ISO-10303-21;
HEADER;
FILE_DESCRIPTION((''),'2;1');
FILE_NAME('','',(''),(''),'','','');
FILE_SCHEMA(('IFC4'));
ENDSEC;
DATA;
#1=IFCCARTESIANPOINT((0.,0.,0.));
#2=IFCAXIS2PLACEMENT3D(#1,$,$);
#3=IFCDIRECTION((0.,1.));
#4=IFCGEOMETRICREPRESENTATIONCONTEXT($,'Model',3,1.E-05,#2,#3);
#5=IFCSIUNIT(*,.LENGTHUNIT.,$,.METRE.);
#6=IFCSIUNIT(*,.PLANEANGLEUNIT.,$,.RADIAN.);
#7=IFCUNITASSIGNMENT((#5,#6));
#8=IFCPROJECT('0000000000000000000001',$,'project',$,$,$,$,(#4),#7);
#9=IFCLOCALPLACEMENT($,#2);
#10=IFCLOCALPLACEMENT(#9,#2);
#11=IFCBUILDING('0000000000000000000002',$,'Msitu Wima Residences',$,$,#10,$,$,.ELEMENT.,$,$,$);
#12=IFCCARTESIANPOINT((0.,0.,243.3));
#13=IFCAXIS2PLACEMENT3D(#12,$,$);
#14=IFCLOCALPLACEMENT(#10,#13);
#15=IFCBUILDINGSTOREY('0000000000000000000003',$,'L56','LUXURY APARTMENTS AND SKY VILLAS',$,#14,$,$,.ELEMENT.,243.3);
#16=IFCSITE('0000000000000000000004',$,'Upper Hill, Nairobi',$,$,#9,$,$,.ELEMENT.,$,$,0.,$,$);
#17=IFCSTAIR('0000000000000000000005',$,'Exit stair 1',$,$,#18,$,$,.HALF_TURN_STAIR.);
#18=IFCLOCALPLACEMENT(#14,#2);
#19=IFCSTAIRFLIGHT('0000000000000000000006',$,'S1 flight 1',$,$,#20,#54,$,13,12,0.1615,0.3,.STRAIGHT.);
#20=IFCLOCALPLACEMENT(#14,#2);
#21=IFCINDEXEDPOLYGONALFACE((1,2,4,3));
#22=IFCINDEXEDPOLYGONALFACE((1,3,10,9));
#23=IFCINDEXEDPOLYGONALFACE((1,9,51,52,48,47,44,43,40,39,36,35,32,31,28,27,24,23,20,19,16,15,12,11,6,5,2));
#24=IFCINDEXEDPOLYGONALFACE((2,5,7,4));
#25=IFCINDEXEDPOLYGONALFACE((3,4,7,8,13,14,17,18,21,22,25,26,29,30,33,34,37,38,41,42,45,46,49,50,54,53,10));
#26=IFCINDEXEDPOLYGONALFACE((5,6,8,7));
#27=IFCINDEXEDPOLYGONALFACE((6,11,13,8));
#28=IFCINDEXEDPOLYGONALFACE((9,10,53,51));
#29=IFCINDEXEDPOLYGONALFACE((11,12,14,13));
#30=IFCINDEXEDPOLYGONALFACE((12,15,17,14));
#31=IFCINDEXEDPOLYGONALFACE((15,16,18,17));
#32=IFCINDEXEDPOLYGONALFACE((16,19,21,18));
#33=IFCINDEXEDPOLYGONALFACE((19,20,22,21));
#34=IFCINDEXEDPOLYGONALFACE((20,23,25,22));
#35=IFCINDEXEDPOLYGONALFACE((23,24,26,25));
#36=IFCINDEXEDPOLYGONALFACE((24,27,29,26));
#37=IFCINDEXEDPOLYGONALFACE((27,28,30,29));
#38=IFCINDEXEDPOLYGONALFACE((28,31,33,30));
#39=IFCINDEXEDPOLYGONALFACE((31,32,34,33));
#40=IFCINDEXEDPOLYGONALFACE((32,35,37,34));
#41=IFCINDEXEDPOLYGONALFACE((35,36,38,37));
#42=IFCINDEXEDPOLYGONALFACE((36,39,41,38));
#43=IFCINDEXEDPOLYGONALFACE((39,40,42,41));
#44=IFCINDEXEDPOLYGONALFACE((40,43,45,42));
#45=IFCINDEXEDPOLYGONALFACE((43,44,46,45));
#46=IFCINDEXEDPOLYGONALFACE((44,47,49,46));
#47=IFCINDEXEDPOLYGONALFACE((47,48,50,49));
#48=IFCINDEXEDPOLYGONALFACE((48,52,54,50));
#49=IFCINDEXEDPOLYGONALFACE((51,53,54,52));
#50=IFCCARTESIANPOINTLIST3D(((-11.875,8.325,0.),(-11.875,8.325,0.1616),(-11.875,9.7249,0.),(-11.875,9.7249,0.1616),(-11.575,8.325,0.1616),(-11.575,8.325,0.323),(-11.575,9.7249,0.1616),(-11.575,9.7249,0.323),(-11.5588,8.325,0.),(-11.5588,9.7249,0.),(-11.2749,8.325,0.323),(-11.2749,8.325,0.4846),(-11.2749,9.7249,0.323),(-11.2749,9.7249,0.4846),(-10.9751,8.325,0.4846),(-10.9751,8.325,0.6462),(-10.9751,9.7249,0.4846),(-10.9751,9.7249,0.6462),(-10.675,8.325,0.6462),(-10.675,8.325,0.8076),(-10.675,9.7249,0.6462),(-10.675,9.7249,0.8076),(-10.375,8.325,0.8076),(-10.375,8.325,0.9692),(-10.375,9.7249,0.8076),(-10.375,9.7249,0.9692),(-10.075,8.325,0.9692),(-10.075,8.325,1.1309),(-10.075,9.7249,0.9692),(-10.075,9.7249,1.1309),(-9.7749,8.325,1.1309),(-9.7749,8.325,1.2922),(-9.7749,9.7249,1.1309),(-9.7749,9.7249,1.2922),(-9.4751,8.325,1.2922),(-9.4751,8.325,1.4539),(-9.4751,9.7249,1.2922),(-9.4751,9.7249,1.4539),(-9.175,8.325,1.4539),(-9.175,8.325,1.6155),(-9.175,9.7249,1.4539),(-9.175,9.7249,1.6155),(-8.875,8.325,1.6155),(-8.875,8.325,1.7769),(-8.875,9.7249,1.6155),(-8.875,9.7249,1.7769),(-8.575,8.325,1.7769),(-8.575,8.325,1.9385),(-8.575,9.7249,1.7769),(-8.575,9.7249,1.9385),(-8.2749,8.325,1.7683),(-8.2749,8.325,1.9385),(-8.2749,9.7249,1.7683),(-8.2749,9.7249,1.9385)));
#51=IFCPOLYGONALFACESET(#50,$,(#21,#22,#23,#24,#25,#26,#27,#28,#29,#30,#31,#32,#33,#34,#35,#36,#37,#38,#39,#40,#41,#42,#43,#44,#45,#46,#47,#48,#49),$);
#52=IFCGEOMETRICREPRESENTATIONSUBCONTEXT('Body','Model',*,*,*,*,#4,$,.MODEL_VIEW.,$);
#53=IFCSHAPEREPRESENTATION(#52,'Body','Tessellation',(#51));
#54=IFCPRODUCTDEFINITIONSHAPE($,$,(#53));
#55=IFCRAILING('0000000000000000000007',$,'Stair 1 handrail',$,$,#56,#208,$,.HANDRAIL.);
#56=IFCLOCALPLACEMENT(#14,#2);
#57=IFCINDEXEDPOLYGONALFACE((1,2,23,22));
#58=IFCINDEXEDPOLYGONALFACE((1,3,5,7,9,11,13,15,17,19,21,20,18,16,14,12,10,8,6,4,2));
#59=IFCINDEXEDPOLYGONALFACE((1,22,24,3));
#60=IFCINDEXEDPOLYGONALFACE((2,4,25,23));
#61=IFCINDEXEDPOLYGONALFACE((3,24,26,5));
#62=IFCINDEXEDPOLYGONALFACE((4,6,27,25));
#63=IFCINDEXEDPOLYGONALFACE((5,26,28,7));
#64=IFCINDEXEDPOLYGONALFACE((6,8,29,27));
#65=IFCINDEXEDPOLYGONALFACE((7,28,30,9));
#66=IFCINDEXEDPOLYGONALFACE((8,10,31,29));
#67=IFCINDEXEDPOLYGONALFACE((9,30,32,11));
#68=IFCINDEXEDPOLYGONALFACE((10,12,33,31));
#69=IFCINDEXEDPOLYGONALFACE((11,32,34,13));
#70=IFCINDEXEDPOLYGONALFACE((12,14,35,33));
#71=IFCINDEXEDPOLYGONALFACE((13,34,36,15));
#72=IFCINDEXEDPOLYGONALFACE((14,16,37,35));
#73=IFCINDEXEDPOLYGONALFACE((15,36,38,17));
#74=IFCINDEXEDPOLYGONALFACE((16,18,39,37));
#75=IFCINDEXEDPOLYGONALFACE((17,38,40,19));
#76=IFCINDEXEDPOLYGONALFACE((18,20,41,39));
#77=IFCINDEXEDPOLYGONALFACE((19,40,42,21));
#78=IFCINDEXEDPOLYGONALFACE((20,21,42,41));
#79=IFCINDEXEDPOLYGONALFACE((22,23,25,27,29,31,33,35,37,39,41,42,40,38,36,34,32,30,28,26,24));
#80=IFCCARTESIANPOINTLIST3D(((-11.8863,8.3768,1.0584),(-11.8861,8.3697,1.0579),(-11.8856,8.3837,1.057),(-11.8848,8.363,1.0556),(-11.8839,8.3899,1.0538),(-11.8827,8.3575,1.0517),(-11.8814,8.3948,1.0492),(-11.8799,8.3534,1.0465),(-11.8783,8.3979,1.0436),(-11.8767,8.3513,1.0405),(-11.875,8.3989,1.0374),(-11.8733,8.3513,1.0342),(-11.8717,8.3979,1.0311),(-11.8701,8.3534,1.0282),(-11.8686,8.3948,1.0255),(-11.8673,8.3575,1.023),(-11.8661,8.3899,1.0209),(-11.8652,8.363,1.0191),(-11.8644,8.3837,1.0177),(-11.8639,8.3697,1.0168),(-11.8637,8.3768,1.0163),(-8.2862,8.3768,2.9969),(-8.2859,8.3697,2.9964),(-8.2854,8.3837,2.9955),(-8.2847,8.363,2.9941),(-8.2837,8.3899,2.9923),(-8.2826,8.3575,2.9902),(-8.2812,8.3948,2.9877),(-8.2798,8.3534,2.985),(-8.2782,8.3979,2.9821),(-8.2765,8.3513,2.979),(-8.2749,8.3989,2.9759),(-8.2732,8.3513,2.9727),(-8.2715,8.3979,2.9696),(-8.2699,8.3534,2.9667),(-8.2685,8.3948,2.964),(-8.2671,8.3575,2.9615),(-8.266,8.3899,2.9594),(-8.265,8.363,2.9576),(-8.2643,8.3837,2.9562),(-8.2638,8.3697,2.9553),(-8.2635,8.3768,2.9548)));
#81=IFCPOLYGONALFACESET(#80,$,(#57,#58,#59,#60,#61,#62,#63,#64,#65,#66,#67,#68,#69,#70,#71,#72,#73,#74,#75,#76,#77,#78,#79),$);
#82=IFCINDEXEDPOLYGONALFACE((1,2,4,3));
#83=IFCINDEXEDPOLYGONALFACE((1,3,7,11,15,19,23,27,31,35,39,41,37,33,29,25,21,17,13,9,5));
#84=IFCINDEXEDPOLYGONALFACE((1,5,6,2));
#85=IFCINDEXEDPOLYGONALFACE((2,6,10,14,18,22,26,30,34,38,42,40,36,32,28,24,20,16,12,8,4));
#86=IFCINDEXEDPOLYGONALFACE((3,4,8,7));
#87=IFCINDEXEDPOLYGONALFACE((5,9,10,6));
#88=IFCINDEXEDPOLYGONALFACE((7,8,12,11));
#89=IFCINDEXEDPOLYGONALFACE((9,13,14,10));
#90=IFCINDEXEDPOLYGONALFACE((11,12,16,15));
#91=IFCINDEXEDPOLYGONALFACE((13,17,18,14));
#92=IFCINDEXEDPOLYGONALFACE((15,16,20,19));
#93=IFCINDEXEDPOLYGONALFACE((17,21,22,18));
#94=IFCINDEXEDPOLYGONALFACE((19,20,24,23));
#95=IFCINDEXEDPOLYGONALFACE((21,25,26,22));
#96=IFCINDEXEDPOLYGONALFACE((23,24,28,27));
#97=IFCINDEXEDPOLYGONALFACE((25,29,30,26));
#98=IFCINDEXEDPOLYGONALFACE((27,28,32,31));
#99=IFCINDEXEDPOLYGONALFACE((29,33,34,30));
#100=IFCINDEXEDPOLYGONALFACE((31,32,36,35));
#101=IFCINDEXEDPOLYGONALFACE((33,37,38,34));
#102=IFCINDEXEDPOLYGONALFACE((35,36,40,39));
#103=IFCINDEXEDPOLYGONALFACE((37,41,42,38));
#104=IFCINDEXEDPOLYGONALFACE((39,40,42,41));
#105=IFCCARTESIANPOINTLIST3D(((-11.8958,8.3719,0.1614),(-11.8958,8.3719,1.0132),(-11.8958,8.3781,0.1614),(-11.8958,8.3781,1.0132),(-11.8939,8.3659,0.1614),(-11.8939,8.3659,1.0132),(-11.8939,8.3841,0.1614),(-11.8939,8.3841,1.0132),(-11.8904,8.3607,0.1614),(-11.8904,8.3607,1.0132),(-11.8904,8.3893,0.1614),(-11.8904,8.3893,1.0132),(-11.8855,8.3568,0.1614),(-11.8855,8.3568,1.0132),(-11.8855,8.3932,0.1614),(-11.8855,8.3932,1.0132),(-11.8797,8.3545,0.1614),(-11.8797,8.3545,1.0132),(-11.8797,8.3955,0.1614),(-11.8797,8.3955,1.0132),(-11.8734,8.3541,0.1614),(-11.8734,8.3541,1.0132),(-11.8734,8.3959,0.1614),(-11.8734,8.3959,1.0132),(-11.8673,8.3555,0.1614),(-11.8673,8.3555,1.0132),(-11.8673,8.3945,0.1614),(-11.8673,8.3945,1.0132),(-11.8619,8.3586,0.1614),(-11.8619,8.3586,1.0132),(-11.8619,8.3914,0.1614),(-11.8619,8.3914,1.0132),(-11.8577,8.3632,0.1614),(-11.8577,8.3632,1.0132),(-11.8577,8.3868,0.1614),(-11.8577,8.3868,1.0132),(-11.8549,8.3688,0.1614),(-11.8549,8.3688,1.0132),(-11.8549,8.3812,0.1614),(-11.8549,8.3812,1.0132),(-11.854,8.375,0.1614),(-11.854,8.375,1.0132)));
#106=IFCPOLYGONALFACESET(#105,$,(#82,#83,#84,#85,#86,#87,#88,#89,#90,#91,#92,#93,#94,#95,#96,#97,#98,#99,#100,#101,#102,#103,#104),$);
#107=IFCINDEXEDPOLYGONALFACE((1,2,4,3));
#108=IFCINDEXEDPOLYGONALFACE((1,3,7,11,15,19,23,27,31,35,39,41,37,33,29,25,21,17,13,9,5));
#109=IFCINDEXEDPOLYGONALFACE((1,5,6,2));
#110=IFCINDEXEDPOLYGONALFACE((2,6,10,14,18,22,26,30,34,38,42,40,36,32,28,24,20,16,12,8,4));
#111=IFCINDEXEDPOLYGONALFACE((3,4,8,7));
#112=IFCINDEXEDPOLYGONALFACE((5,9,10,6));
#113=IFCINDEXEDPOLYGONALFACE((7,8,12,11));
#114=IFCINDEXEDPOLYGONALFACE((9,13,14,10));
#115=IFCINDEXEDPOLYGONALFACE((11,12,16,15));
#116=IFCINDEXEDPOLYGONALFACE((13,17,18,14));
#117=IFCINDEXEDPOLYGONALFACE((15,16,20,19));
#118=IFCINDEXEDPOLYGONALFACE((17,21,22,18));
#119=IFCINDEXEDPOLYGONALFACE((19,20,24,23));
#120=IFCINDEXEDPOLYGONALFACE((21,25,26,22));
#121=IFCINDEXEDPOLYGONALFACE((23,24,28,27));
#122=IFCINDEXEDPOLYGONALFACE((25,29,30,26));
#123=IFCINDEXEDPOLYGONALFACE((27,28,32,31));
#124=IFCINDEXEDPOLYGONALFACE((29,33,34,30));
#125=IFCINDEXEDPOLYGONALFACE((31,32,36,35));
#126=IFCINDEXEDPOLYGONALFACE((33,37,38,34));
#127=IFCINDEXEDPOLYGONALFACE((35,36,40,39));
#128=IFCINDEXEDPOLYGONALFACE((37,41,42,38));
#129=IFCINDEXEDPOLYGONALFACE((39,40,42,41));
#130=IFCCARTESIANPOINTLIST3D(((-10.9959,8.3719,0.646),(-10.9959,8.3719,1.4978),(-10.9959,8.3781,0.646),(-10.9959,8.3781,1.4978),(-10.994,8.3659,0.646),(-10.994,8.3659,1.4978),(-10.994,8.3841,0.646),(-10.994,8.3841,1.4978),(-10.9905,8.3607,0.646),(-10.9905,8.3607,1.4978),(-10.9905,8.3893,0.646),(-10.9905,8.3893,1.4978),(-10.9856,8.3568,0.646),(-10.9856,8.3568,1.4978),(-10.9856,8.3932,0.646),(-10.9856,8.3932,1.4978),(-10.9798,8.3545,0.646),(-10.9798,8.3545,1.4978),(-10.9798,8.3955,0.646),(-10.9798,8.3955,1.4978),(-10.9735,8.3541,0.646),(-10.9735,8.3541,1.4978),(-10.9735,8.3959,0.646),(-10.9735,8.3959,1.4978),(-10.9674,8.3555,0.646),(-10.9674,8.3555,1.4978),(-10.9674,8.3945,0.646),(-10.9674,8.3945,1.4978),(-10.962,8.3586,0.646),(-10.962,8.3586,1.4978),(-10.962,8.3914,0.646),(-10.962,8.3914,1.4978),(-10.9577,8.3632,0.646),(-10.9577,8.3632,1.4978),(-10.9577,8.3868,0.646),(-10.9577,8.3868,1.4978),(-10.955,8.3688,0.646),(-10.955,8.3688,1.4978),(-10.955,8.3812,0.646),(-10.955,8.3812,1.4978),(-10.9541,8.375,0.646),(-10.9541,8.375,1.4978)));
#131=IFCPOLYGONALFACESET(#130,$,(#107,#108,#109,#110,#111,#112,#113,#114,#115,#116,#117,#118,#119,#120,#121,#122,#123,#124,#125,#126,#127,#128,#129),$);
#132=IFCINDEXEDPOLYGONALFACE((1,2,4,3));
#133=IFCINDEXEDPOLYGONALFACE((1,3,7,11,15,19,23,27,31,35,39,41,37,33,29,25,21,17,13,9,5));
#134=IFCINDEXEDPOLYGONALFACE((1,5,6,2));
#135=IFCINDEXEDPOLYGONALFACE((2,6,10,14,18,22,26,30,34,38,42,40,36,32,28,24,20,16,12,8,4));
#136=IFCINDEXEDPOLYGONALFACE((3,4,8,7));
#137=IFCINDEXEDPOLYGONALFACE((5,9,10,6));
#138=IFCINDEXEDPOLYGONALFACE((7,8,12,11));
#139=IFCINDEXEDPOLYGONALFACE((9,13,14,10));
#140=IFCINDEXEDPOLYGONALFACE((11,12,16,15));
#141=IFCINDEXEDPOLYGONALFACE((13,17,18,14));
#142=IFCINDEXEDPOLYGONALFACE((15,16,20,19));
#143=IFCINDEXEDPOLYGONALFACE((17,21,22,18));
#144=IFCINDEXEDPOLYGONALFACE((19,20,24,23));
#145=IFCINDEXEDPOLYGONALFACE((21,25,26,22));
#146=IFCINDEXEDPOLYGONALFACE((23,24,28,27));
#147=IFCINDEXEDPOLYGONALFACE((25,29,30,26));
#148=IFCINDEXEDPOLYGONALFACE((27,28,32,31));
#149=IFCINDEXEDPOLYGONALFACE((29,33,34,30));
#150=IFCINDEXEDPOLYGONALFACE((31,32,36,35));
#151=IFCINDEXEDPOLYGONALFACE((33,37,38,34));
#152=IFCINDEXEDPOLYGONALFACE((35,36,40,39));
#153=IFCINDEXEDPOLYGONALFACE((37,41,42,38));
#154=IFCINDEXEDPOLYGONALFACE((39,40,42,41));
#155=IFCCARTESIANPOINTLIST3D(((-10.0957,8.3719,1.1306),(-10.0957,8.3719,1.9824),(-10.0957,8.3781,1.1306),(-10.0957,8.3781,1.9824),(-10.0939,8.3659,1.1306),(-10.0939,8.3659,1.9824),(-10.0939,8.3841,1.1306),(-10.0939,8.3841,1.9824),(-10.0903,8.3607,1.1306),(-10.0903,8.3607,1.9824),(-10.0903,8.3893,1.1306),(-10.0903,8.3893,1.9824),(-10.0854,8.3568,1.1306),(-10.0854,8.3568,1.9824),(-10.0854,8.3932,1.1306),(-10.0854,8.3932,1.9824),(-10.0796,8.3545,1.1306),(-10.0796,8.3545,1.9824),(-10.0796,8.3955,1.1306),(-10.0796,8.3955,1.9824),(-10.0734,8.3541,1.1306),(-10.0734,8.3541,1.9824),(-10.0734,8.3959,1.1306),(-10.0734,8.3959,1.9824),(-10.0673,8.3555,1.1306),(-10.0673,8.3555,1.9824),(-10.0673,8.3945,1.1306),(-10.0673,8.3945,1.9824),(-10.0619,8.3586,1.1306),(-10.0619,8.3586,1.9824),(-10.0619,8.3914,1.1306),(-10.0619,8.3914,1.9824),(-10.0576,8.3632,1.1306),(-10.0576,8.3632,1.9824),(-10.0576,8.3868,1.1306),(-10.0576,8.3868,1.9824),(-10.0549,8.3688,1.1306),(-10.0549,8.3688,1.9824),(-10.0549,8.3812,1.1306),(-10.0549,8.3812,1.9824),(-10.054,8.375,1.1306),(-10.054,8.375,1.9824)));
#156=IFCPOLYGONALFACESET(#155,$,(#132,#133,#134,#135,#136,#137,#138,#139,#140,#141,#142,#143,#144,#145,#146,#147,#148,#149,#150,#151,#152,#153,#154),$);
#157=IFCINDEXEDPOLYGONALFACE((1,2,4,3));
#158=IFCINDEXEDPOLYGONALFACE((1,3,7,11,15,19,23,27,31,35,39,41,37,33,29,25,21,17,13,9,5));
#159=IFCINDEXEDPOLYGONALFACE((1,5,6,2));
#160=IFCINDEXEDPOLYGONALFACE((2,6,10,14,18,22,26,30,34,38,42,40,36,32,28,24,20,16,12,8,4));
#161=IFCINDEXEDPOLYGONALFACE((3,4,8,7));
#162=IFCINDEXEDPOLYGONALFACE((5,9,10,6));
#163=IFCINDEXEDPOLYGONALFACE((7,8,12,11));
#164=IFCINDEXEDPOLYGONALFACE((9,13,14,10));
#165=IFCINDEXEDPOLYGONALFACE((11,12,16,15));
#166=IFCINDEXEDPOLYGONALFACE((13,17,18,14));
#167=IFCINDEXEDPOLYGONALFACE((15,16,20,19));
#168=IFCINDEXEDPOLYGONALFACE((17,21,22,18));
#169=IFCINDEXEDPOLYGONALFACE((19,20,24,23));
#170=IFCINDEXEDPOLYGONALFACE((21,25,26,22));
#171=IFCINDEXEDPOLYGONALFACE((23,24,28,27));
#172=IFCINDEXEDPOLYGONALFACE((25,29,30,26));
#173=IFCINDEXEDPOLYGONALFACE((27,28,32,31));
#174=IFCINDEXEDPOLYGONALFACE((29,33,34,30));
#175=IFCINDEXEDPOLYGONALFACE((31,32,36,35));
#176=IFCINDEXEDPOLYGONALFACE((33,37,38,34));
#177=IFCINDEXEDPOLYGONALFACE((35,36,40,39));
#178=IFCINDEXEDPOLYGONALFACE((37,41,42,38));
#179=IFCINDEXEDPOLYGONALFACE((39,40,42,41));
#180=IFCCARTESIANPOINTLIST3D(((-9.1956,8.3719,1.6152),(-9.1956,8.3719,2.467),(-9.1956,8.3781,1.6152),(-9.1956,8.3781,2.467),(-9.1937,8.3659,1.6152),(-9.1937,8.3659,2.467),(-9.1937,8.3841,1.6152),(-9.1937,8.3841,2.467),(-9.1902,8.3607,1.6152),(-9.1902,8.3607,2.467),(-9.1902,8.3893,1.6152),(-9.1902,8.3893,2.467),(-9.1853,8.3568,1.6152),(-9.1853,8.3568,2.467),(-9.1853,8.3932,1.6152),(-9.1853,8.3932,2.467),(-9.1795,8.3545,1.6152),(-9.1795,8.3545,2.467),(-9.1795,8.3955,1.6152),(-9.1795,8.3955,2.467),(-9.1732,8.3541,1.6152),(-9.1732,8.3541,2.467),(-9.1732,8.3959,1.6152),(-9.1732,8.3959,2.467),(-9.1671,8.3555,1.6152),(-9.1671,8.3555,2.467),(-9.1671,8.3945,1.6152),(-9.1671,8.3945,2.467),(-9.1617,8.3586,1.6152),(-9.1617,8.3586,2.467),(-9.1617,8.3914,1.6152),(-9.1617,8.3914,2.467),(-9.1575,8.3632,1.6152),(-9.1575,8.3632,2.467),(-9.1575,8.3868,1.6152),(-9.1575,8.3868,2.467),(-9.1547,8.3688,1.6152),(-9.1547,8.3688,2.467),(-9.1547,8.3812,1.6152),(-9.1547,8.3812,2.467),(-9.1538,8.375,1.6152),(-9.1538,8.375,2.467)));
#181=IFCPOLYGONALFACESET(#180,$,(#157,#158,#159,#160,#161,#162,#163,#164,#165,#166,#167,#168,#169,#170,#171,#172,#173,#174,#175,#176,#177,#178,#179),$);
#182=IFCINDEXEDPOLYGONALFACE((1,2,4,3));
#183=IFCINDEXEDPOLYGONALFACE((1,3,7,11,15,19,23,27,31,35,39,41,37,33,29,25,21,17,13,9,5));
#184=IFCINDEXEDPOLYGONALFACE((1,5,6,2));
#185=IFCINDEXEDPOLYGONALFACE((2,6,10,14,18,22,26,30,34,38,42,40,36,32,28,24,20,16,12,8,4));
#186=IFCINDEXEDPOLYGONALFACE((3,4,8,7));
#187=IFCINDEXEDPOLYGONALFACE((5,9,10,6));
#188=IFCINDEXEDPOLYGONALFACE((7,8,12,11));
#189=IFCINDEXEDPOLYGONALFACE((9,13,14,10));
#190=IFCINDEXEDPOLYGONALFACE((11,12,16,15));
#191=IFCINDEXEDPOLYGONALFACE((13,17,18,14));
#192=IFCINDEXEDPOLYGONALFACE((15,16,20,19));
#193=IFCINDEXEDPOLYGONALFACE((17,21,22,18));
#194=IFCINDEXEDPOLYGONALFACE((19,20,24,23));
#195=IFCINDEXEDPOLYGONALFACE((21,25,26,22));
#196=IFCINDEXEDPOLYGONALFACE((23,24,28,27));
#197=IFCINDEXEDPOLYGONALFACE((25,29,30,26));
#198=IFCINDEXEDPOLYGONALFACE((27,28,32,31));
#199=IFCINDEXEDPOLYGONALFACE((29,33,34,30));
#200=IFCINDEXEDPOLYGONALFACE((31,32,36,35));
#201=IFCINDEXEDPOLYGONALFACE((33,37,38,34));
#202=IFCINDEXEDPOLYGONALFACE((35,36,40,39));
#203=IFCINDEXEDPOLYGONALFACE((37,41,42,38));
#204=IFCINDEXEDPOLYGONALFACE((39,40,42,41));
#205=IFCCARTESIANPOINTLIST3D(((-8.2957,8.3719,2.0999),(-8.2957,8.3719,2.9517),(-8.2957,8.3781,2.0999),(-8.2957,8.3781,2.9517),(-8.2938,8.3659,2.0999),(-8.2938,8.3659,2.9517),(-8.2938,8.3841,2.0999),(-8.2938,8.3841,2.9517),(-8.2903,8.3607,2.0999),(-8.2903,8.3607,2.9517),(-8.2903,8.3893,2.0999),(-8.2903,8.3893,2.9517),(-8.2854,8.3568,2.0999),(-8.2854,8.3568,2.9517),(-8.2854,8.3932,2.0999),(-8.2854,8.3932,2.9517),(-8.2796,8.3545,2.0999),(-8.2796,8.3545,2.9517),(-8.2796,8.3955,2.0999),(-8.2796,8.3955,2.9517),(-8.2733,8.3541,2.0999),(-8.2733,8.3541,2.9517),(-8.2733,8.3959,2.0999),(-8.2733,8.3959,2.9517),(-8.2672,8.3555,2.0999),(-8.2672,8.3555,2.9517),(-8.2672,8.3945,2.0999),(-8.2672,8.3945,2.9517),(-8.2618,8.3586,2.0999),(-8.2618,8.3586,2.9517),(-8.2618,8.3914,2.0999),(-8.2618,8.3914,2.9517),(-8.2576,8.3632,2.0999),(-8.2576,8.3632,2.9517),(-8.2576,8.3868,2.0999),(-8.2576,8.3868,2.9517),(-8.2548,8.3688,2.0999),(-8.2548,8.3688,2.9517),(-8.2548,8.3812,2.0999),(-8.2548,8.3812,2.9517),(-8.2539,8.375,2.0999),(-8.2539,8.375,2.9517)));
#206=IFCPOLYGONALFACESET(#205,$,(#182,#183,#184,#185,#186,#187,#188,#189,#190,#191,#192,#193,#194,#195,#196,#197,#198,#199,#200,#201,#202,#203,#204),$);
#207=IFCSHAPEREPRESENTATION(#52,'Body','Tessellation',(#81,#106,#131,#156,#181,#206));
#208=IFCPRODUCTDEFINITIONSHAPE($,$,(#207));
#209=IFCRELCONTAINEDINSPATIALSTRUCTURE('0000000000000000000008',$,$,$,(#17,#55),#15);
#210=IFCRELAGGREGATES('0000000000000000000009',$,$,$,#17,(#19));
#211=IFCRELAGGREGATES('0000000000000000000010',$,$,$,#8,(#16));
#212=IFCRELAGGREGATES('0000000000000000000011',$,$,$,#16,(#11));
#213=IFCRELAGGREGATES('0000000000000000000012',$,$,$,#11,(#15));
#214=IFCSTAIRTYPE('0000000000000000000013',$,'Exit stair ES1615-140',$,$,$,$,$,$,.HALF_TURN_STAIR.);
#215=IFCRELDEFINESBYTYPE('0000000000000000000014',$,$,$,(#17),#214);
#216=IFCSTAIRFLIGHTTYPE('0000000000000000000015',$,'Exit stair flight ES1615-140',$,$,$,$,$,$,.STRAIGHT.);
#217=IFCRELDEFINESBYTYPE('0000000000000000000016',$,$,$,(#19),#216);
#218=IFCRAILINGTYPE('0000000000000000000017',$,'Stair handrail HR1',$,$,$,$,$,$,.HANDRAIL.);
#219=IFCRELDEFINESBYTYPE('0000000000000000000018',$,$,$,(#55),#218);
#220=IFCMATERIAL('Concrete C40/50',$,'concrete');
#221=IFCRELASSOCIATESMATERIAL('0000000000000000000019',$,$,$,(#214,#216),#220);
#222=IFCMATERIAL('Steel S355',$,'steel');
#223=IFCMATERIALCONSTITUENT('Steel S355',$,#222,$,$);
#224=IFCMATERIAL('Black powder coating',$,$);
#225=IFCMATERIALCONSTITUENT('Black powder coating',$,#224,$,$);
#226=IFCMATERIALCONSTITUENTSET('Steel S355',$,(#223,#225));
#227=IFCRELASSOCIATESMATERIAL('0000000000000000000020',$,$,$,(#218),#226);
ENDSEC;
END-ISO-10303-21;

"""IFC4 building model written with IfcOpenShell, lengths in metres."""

from ifc_helpers import new_model, si_unit, direction, frame, origin, origin_2d, place, context, subcontext, project, spatial, polyline, circle, outline, extrude, material, constituent, constituent_set, type_object, element, aggregate, save


model = new_model("IFC4")

# Units and contexts
model_context = context("Model", 3, precision=1e-05, world=origin(), true_north=direction((0.0, 1.0)))
body_context = subcontext(model_context, "Body", "Model", "MODEL_VIEW")
ifc_project = project(units=[si_unit("LENGTHUNIT", "METRE"), si_unit("PLANEANGLEUNIT", "RADIAN")], contexts=[model_context])

# Site, building, storey
site_placement = place(None, origin())
site = spatial("IfcSite", under=ifc_project, at=site_placement, Name="Upper Hill, Nairobi", CompositionType="ELEMENT", RefElevation=0.0)
building_placement = place(site_placement, origin())
building = spatial("IfcBuilding", under=site, at=building_placement, Name="Msitu Wima Residences", CompositionType="ELEMENT")
storey_placement = place(building_placement, frame((0.0, 0.0, 243.3)))
storey = spatial("IfcBuildingStorey", under=building, at=storey_placement, Name="L56", Description="LUXURY APARTMENTS AND SKY VILLAS", CompositionType="ELEMENT", Elevation=243.3)

# Shared definitions
ifc_material_1 = material(Name="Concrete C40/50", Category="concrete")

# Stair, stair flight
stair_type = type_object("IfcStairType", Name="Exit stair ES1615-140", PredefinedType="HALF_TURN_STAIR", material=ifc_material_1)
stair_placement = place(storey_placement, origin())
stair = element("IfcStair", 1, at=stair_placement, inside=storey, type_object=stair_type, Name="Exit stair 1", PredefinedType="HALF_TURN_STAIR")
stair_flight_type = type_object("IfcStairFlightType", Name="Exit stair flight ES1615-140", PredefinedType="STRAIGHT", material=ifc_material_1)
stair_flight_placement = place(storey_placement, frame((-11.875, 9.0249, 0.0), z_axis=(0.0, 0.0, 1.0), x_axis=(1.0, 0.0, 0.0)))
stair_flight = element("IfcStairFlight", 2, at=stair_flight_placement, type_object=stair_flight_type, Name="S1 flight 1", NumberOfRisers=13, NumberOfTreads=12, PredefinedType="STRAIGHT", RiserHeight=0.1615, TreadLength=0.3, context=body_context, shape_type="SweptSolid", body=[
    extrude(outline(polyline([(0.0, 0.0), (0.0, 0.1616), (0.3, 0.1616), (0.3, 0.323), (0.6001, 0.323), (0.6001, 0.4846), (0.8999, 0.4846), (0.8999, 0.6462), (1.2, 0.6462), (1.2, 0.8076), (1.5, 0.8076), (1.5, 0.9692), (1.8, 0.9692), (1.8, 1.1309), (2.1001, 1.1309), (2.1001, 1.2922), (2.3999, 1.2922), (2.3999, 1.4539), (2.7, 1.4539), (2.7, 1.6155), (3.0, 1.6155), (3.0, 1.7769), (3.3, 1.7769), (3.3, 1.9385), (3.6001, 1.9385), (3.6001, 2.1001), (3.6001, 1.7683), (0.3162, 0.0), (0.0, 0.0)])), frame((0.0, 0.7, 0.0), z_axis=(0.0, -1.0, 0.0), x_axis=(1.0, 0.0, 0.0)), (0.0, 0.0, 1.0), 1.3999),
])
aggregate(stair, [stair_flight])

# Railing
ifc_material_2 = material(Name="Steel S355", Category="steel")
ifc_constituent_1 = constituent(ifc_material_2, Name="Steel S355")
ifc_material_3 = material(Name="Black powder coating")
ifc_constituent_2 = constituent(ifc_material_3, Name="Black powder coating")
ifc_constituent_set = constituent_set(constituents=[ifc_constituent_1, ifc_constituent_2], Name="Steel S355")
railing_type = type_object("IfcRailingType", Name="Stair handrail HR1", PredefinedType="HANDRAIL", material=ifc_constituent_set)
for number, where, name in (
    (3, (-11.875, 8.375, 0.1614), "Stair 1 handrail"),
):
    element("IfcRailing", number, at=place(storey_placement, frame(where)), inside=storey, type_object=railing_type, Name=name, PredefinedType="HANDRAIL", context=body_context, shape_type="SweptSolid", body=[
        extrude(circle(Radius=0.0239, at=origin_2d()), frame((0.0, 0.0, 0.876), z_axis=(0.880475, 0.0, 0.474093), x_axis=(0.0, 1.0, 0.0)), (0.0, 0.0, 1.0), 4.0889),
        extrude(circle(Radius=0.021, at=origin_2d()), origin(), (0.0, 0.0, 1.0), 0.8518),
        extrude(circle(Radius=0.021, at=origin_2d()), frame((0.8999, 0.0, 0.4846)), (0.0, 0.0, 1.0), 0.8518),
        extrude(circle(Radius=0.021, at=origin_2d()), frame((1.8, 0.0, 0.9692)), (0.0, 0.0, 1.0), 0.8518),
        extrude(circle(Radius=0.021, at=origin_2d()), frame((2.7002, 0.0, 1.4539)), (0.0, 0.0, 1.0), 0.8518),
        extrude(circle(Radius=0.021, at=origin_2d()), frame((3.6001, 0.0, 1.9385)), (0.0, 0.0, 1.0), 0.8518),
    ])

save(model, "model.ifc")
